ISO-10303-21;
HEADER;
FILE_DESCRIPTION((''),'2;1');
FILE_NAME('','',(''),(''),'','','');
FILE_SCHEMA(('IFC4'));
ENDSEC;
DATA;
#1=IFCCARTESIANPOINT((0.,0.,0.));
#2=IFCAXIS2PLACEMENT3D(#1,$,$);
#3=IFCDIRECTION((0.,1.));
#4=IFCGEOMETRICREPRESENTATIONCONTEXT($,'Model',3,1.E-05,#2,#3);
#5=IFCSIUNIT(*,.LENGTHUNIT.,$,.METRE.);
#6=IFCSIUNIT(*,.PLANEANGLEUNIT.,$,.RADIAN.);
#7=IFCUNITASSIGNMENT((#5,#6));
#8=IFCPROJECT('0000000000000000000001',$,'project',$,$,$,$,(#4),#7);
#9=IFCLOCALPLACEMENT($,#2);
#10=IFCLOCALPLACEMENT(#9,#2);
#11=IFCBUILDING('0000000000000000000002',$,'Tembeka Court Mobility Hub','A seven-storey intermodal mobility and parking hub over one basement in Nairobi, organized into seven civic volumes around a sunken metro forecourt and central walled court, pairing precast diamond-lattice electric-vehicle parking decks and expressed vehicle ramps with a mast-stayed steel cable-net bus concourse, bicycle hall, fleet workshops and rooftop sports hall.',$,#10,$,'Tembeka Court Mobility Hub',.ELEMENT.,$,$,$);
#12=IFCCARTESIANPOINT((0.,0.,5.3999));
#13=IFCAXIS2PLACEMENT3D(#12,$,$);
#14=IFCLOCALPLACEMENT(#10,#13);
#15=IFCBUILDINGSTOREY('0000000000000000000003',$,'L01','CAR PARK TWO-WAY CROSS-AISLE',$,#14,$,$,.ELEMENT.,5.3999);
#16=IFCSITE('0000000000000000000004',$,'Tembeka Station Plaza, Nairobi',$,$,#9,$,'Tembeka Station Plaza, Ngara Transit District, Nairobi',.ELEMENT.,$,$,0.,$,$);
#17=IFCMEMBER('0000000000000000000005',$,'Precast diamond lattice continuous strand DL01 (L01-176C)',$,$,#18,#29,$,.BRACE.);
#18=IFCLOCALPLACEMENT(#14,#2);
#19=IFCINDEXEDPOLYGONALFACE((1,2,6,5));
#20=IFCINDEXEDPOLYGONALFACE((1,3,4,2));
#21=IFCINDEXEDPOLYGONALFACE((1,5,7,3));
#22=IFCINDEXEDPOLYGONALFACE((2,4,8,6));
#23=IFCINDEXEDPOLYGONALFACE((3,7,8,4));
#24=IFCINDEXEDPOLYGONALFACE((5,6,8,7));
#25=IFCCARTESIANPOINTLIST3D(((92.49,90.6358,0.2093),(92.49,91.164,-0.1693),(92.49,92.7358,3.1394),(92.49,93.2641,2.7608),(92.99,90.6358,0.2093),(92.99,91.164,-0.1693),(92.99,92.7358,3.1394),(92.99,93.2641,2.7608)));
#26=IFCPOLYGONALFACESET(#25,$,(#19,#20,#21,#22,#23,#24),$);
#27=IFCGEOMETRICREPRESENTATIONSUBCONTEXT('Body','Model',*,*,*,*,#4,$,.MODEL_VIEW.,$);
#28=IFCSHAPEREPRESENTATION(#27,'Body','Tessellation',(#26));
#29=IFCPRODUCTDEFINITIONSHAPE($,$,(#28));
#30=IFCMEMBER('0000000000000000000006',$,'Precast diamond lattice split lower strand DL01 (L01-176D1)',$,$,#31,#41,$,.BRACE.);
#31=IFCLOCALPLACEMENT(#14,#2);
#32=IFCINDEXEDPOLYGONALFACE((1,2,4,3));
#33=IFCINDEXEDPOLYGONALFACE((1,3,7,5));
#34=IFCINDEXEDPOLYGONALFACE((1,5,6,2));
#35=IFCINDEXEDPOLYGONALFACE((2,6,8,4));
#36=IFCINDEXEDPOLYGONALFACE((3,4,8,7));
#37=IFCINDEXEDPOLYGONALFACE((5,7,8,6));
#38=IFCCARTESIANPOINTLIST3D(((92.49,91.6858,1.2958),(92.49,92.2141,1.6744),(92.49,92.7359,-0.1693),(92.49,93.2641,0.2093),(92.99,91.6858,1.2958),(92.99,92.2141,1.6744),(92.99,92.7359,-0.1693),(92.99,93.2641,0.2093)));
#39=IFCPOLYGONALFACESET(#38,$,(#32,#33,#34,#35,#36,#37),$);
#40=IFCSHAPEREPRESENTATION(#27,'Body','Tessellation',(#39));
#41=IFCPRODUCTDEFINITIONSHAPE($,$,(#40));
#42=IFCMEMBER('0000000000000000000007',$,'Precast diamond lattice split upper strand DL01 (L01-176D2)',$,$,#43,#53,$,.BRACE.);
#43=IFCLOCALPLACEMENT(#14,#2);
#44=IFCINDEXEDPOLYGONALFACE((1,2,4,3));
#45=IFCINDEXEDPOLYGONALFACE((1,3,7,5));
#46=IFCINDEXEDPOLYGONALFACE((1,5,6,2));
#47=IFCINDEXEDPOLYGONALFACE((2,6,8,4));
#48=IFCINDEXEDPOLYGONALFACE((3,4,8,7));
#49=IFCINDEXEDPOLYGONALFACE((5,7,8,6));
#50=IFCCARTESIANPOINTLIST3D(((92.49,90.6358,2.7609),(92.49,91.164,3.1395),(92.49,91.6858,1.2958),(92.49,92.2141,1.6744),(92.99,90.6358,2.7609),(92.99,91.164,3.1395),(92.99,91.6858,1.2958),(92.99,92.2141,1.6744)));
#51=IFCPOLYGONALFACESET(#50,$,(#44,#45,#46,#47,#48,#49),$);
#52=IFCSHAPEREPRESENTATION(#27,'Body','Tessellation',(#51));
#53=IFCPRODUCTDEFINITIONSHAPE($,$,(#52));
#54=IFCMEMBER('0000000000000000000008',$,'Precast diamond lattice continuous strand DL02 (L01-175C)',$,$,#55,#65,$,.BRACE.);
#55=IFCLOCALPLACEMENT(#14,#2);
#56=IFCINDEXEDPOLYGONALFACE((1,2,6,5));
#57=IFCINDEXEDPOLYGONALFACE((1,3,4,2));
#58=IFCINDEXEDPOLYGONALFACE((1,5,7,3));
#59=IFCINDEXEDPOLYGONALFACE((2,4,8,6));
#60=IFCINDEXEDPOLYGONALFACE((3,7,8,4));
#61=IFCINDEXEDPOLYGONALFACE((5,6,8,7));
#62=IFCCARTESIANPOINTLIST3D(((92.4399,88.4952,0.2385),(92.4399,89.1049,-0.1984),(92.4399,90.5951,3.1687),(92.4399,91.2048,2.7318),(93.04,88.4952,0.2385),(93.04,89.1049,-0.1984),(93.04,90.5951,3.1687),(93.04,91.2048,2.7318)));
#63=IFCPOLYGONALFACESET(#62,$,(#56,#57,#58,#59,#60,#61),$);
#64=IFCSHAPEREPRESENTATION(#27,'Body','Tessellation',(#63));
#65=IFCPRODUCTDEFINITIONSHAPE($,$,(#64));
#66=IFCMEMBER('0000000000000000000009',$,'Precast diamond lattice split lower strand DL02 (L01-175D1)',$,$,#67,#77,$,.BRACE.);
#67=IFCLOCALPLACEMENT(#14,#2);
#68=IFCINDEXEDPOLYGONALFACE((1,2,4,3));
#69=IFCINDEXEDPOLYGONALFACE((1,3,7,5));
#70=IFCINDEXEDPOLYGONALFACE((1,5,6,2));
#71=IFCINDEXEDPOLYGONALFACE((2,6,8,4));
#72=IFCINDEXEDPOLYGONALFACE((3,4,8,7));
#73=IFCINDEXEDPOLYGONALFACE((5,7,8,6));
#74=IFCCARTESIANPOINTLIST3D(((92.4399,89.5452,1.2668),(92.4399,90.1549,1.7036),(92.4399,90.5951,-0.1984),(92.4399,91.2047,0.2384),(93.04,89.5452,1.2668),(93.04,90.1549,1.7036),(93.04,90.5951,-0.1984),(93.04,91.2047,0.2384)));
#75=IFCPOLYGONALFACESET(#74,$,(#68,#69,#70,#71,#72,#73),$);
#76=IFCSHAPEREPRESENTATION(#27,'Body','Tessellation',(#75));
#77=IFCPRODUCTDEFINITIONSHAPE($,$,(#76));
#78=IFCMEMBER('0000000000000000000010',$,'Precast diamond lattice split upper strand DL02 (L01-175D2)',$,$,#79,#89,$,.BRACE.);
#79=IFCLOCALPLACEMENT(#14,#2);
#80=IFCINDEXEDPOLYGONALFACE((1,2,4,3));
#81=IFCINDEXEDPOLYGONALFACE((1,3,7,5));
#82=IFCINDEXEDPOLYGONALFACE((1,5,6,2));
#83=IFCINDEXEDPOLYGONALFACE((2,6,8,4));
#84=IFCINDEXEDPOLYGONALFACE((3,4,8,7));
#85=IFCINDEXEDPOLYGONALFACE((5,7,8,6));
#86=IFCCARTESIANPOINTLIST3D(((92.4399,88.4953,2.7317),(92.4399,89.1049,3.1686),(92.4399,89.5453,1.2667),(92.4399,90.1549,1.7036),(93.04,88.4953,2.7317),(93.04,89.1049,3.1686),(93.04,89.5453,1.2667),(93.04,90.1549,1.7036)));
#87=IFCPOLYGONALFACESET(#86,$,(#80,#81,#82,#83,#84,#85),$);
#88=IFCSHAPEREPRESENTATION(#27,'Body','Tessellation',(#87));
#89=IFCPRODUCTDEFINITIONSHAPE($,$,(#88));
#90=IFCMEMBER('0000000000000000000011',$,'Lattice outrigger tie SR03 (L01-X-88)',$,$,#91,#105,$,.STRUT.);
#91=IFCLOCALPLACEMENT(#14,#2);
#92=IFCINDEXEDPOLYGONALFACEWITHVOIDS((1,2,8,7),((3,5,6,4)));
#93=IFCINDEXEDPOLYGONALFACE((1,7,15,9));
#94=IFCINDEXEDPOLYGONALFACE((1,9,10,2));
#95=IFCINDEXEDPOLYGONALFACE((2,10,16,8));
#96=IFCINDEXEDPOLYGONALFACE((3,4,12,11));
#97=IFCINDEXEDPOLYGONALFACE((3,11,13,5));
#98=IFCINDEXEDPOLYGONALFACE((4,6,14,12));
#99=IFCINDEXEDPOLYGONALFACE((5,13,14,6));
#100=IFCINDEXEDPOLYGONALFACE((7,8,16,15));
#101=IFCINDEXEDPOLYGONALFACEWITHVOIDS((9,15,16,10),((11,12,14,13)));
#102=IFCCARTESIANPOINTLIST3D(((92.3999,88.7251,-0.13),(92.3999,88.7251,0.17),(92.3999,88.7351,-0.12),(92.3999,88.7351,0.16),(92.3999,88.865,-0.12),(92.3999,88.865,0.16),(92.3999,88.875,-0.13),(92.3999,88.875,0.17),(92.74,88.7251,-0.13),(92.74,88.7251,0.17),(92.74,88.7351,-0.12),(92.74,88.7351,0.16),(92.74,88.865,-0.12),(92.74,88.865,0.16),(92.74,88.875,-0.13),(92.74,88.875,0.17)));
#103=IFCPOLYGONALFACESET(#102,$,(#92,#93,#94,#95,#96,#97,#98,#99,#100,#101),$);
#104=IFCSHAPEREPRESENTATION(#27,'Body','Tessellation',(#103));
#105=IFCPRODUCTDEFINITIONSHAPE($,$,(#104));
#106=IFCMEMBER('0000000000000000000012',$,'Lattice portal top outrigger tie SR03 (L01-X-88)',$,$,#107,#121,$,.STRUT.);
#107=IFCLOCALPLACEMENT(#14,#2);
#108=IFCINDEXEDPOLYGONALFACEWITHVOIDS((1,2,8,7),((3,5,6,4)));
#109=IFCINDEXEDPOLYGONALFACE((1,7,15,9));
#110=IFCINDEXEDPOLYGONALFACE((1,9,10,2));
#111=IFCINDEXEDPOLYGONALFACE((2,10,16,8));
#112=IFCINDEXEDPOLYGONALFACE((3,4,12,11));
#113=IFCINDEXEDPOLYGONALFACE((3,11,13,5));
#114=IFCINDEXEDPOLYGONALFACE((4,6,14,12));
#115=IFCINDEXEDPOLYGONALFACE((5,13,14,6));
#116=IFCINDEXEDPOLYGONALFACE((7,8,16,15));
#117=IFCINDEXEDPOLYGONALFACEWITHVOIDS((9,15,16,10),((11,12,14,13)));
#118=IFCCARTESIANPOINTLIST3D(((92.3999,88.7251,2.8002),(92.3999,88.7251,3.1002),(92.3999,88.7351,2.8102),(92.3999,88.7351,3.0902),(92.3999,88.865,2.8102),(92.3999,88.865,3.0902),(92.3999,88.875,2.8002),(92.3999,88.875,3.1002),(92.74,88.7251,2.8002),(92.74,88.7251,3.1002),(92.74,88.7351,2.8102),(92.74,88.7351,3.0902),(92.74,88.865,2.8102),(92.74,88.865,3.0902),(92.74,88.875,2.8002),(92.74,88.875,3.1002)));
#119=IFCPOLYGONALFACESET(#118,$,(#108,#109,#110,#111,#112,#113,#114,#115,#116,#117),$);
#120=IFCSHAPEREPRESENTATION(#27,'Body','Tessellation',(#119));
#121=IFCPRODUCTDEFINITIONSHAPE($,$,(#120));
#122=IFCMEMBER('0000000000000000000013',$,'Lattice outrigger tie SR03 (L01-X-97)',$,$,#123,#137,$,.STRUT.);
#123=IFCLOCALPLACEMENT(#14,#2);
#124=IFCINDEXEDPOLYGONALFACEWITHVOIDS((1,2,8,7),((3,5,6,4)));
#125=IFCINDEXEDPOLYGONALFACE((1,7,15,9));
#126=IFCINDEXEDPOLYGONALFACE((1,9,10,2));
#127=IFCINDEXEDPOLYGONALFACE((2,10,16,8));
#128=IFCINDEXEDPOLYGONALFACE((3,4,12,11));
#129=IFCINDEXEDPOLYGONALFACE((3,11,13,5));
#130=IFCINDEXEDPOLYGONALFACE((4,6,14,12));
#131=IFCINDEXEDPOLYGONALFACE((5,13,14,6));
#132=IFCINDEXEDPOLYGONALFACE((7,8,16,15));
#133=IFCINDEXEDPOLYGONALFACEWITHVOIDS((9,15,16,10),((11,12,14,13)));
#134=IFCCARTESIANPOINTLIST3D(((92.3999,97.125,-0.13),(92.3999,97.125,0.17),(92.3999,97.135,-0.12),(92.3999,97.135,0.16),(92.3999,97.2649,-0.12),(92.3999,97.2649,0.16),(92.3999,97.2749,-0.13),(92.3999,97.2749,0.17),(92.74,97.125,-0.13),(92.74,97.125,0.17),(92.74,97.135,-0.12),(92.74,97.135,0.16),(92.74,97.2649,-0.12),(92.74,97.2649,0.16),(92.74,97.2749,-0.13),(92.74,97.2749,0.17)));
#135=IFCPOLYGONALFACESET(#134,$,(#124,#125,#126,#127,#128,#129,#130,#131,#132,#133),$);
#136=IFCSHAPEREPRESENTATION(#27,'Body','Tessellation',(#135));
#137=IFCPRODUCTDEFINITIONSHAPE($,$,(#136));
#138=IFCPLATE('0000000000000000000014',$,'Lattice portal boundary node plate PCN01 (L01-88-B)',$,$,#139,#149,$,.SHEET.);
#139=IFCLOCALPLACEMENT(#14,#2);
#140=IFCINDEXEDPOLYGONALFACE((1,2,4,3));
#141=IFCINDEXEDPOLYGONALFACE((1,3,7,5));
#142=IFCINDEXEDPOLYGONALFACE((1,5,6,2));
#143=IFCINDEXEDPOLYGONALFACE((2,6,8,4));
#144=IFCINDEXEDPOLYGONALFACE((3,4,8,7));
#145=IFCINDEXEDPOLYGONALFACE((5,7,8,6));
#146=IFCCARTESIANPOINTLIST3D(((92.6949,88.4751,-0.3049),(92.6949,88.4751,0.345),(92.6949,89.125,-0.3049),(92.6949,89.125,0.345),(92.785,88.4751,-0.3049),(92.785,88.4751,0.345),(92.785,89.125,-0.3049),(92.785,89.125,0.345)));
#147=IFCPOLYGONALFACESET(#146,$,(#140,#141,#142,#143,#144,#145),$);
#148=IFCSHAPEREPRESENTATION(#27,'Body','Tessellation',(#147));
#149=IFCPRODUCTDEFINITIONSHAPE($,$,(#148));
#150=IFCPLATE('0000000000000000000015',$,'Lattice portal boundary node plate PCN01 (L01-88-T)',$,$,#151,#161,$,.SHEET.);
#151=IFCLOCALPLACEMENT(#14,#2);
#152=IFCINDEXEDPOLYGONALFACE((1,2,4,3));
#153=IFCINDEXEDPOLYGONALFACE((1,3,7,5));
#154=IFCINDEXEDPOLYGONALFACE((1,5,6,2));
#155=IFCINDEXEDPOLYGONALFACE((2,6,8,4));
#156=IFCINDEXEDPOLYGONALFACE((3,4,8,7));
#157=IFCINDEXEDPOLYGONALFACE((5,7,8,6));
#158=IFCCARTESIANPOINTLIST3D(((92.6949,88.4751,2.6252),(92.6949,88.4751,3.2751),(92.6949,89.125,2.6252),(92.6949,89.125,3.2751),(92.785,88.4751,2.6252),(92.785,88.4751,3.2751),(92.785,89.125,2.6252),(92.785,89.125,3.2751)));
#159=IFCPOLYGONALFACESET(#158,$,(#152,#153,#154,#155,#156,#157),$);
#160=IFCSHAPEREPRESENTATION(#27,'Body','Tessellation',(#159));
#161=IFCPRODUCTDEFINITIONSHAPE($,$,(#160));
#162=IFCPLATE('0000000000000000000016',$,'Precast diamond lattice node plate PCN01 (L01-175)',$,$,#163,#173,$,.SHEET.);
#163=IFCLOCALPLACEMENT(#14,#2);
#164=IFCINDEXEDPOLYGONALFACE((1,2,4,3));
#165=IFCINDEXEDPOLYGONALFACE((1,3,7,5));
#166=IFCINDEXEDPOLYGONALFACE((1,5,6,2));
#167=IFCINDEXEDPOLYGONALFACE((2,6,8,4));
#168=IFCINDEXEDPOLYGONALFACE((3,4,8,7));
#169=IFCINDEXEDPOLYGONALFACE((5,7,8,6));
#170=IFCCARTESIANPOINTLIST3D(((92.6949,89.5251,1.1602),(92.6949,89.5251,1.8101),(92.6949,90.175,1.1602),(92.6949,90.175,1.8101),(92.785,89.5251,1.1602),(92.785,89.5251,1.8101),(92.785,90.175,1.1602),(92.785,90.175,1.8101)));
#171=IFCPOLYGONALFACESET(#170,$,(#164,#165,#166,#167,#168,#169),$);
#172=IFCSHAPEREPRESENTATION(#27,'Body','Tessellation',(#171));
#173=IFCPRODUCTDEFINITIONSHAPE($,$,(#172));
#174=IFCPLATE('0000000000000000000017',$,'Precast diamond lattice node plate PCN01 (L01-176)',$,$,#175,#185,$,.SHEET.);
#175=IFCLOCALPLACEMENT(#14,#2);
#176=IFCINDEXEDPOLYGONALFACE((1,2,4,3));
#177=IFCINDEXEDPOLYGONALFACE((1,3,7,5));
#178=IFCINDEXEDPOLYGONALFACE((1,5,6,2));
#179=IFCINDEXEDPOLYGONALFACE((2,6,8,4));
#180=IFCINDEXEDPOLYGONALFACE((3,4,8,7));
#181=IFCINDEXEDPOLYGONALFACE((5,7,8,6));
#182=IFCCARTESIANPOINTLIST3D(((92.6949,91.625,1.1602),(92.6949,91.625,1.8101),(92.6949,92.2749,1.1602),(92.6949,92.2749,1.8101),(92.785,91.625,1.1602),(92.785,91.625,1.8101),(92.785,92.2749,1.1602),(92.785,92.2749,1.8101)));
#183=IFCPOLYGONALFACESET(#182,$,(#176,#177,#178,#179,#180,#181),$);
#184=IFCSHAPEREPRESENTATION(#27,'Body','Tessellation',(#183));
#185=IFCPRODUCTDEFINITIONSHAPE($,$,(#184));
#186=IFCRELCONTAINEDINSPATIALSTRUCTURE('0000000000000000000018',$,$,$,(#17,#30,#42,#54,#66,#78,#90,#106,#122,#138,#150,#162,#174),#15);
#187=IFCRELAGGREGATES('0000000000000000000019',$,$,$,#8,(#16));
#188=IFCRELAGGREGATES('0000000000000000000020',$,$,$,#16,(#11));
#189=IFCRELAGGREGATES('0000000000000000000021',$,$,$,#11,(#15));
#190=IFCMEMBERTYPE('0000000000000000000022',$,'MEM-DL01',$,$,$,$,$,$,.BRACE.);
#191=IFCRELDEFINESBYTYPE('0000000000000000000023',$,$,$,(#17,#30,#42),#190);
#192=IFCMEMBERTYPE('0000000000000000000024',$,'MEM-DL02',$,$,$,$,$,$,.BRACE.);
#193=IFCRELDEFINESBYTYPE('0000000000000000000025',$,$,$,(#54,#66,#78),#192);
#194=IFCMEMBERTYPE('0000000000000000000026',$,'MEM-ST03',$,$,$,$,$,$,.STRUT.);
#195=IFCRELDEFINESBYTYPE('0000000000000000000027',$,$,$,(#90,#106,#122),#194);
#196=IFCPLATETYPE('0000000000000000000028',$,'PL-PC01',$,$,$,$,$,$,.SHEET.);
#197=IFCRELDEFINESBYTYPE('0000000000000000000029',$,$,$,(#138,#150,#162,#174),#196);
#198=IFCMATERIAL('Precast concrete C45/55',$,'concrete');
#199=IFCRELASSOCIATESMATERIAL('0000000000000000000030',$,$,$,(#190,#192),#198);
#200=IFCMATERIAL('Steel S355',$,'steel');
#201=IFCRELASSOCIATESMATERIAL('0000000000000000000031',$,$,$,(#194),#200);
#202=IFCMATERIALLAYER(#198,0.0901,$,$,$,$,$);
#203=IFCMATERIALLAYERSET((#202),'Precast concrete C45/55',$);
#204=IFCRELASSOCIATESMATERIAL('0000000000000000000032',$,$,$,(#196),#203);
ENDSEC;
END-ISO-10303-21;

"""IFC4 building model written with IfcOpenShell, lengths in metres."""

from ifc_helpers import new_model, si_unit, direction, frame, origin, origin_2d, place, context, subcontext, project, spatial, rectangle, hollow_rectangle, extrude, material, layer, layer_set, material_profile, profile_set, type_object, element, save


model = new_model("IFC4")

# Units and contexts
model_context = context("Model", 3, precision=1e-05, world=origin(), true_north=direction((0.0, 1.0)))
body_context = subcontext(model_context, "Body", "Model", "MODEL_VIEW")
ifc_project = project(units=[si_unit("LENGTHUNIT", "METRE"), si_unit("PLANEANGLEUNIT", "RADIAN")], contexts=[model_context])

# Site, building, storey
site_placement = place(None, origin())
site = spatial("IfcSite", under=ifc_project, at=site_placement, Name="Tembeka Station Plaza, Nairobi", LongName="Tembeka Station Plaza, Ngara Transit District, Nairobi", CompositionType="ELEMENT", RefElevation=0.0)
building_placement = place(site_placement, origin())
building = spatial("IfcBuilding", under=site, at=building_placement, Name="Tembeka Court Mobility Hub", Description="A seven-storey intermodal mobility and parking hub over one basement in Nairobi, organized into seven civic volumes around a sunken metro forecourt and central walled court, pairing precast diamond-lattice electric-vehicle parking decks and expressed vehicle ramps with a mast-stayed steel cable-net bus concourse, bicycle hall, fleet workshops and rooftop sports hall.", LongName="Tembeka Court Mobility Hub", CompositionType="ELEMENT")
storey_placement = place(building_placement, frame((0.0, 0.0, 5.3999)))
storey = spatial("IfcBuildingStorey", under=building, at=storey_placement, Name="L01", Description="CAR PARK TWO-WAY CROSS-AISLE", CompositionType="ELEMENT", Elevation=5.3999)

# Shared definitions
ifc_material_1 = material(Name="Steel S355", Category="steel")

# Members
ifc_material_2 = material(Name="Precast concrete C45/55", Category="concrete")
ifc_material_profile_1 = material_profile(ifc_material_2, rectangle(XDim=0.5, YDim=0.6499, at=origin_2d()), Name="PC-DIAG 500x650")
ifc_profile_set_1 = profile_set([ifc_material_profile_1], Name="Precast concrete C45/55")
member_type_1 = type_object("IfcMemberType", Name="MEM-DL01", PredefinedType="BRACE", material=ifc_profile_set_1)
member_1_placement = place(storey_placement, frame((92.74, 90.8999, 0.02), z_axis=(0.0, 0.582544, 0.812799), x_axis=(-1.0, 0.0, 0.0)))
element("IfcMember", 1, at=member_1_placement, inside=storey, type_object=member_type_1, Name="Precast diamond lattice continuous strand DL01 (L01-176C)", PredefinedType="BRACE", context=body_context, shape_type="SweptSolid", body=[
    extrude(rectangle(XDim=0.5, YDim=0.6499, at=origin_2d()), origin(), (0.0, 0.0, 1.0), 3.605),
])
for number, where, z_axis, x_axis, name in (
    (2, (92.74, 93.0, 0.02), (0.0, -0.582544, 0.812799), (1.0, 0.0, 0.0), "Precast diamond lattice split lower strand DL01 (L01-176D1)"),
    (3, (92.74, 91.95, 1.4851), (0.0, -0.582544, 0.812799), (1.0, 0.0, 0.0), "Precast diamond lattice split upper strand DL01 (L01-176D2)"),
):
    element("IfcMember", number, at=place(storey_placement, frame(where, z_axis=z_axis, x_axis=x_axis)), inside=storey, type_object=member_type_1, Name=name, PredefinedType="BRACE", context=body_context, shape_type="SweptSolid", body=[
        extrude(rectangle(XDim=0.5, YDim=0.6499, at=origin_2d()), origin(), (0.0, 0.0, 1.0), 1.8025),
    ])
ifc_material_profile_2 = material_profile(ifc_material_2, rectangle(XDim=0.6001, YDim=0.75, at=origin_2d()), Name="PC-DIAG 600x750")
ifc_profile_set_2 = profile_set([ifc_material_profile_2], Name="Precast concrete C45/55")
member_type_2 = type_object("IfcMemberType", Name="MEM-DL02", PredefinedType="BRACE", material=ifc_profile_set_2)
member_2_placement = place(storey_placement, frame((92.74, 88.8, 0.02), z_axis=(0.0, 0.5825, 0.812831), x_axis=(-1.0, 0.0, 0.0)))
element("IfcMember", 4, at=member_2_placement, inside=storey, type_object=member_type_2, Name="Precast diamond lattice continuous strand DL02 (L01-175C)", PredefinedType="BRACE", context=body_context, shape_type="SweptSolid", body=[
    extrude(rectangle(XDim=0.6001, YDim=0.75, at=origin_2d()), origin(), (0.0, 0.0, 1.0), 3.605),
])
for number, where, z_axis, x_axis, name in (
    (5, (92.74, 90.8999, 0.02), (0.0, -0.582455, 0.812863), (1.0, 0.0, 0.0), "Precast diamond lattice split lower strand DL02 (L01-175D1)"),
    (6, (92.74, 89.8501, 1.4851), (0.0, -0.582544, 0.812799), (1.0, 0.0, 0.0), "Precast diamond lattice split upper strand DL02 (L01-175D2)"),
):
    element("IfcMember", number, at=place(storey_placement, frame(where, z_axis=z_axis, x_axis=x_axis)), inside=storey, type_object=member_type_2, Name=name, PredefinedType="BRACE", context=body_context, shape_type="SweptSolid", body=[
        extrude(rectangle(XDim=0.6001, YDim=0.75, at=origin_2d()), origin(), (0.0, 0.0, 1.0), 1.8025),
    ])
ifc_material_profile_3 = material_profile(ifc_material_1, hollow_rectangle(XDim=0.1499, YDim=0.3, WallThickness=0.01, at=origin_2d()), Name="RHS 300x150x10")
ifc_profile_set_3 = profile_set([ifc_material_profile_3], Name="Steel S355")
member_type_3 = type_object("IfcMemberType", Name="MEM-ST03", PredefinedType="STRUT", material=ifc_profile_set_3)
for number, where, z_axis, x_axis, name in (
    (7, (92.3999, 88.8, 0.02), (1.0, 0.0, 0.0), (0.0, 1.0, 0.0), "Lattice outrigger tie SR03 (L01-X-88)"),
    (8, (92.3999, 88.8, 2.9502), (1.0, 0.0, 0.0), (0.0, 1.0, 0.0), "Lattice portal top outrigger tie SR03 (L01-X-88)"),
    (9, (92.3999, 97.2, 0.02), (1.0, 0.0, 0.0), (0.0, 1.0, 0.0), "Lattice outrigger tie SR03 (L01-X-97)"),
):
    element("IfcMember", number, at=place(storey_placement, frame(where, z_axis=z_axis, x_axis=x_axis)), inside=storey, type_object=member_type_3, Name=name, PredefinedType="STRUT", context=body_context, shape_type="SweptSolid", body=[
        extrude(hollow_rectangle(XDim=0.1499, YDim=0.3, WallThickness=0.01, at=origin_2d()), origin(), (0.0, 0.0, 1.0), 0.3401),
    ])

# Plates
ifc_layer = layer(ifc_material_2, 0.0901)
ifc_layer_set = layer_set([ifc_layer], Name="Precast concrete C45/55")
plate_type = type_object("IfcPlateType", Name="PL-PC01", PredefinedType="SHEET", material=ifc_layer_set)
for number, where, z_axis, x_axis, name in (
    (10, (92.74, 88.8, -0.3049), (0.0, 0.0, 1.0), (1.0, 0.0, 0.0), "Lattice portal boundary node plate PCN01 (L01-88-B)"),
    (11, (92.74, 88.8, 2.6252), (0.0, 0.0, 1.0), (1.0, 0.0, 0.0), "Lattice portal boundary node plate PCN01 (L01-88-T)"),
    (12, (92.74, 89.8501, 1.1602), (0.0, 0.0, 1.0), (1.0, 0.0, 0.0), "Precast diamond lattice node plate PCN01 (L01-175)"),
    (13, (92.74, 91.95, 1.1602), (0.0, 0.0, 1.0), (1.0, 0.0, 0.0), "Precast diamond lattice node plate PCN01 (L01-176)"),
):
    element("IfcPlate", number, at=place(storey_placement, frame(where, z_axis=z_axis, x_axis=x_axis)), inside=storey, type_object=plate_type, Name=name, PredefinedType="SHEET", context=body_context, shape_type="SweptSolid", body=[
        extrude(rectangle(XDim=0.0901, YDim=0.6499, at=origin_2d()), origin(), (0.0, 0.0, 1.0), 0.6499),
    ])

save(model, "model.ifc")
